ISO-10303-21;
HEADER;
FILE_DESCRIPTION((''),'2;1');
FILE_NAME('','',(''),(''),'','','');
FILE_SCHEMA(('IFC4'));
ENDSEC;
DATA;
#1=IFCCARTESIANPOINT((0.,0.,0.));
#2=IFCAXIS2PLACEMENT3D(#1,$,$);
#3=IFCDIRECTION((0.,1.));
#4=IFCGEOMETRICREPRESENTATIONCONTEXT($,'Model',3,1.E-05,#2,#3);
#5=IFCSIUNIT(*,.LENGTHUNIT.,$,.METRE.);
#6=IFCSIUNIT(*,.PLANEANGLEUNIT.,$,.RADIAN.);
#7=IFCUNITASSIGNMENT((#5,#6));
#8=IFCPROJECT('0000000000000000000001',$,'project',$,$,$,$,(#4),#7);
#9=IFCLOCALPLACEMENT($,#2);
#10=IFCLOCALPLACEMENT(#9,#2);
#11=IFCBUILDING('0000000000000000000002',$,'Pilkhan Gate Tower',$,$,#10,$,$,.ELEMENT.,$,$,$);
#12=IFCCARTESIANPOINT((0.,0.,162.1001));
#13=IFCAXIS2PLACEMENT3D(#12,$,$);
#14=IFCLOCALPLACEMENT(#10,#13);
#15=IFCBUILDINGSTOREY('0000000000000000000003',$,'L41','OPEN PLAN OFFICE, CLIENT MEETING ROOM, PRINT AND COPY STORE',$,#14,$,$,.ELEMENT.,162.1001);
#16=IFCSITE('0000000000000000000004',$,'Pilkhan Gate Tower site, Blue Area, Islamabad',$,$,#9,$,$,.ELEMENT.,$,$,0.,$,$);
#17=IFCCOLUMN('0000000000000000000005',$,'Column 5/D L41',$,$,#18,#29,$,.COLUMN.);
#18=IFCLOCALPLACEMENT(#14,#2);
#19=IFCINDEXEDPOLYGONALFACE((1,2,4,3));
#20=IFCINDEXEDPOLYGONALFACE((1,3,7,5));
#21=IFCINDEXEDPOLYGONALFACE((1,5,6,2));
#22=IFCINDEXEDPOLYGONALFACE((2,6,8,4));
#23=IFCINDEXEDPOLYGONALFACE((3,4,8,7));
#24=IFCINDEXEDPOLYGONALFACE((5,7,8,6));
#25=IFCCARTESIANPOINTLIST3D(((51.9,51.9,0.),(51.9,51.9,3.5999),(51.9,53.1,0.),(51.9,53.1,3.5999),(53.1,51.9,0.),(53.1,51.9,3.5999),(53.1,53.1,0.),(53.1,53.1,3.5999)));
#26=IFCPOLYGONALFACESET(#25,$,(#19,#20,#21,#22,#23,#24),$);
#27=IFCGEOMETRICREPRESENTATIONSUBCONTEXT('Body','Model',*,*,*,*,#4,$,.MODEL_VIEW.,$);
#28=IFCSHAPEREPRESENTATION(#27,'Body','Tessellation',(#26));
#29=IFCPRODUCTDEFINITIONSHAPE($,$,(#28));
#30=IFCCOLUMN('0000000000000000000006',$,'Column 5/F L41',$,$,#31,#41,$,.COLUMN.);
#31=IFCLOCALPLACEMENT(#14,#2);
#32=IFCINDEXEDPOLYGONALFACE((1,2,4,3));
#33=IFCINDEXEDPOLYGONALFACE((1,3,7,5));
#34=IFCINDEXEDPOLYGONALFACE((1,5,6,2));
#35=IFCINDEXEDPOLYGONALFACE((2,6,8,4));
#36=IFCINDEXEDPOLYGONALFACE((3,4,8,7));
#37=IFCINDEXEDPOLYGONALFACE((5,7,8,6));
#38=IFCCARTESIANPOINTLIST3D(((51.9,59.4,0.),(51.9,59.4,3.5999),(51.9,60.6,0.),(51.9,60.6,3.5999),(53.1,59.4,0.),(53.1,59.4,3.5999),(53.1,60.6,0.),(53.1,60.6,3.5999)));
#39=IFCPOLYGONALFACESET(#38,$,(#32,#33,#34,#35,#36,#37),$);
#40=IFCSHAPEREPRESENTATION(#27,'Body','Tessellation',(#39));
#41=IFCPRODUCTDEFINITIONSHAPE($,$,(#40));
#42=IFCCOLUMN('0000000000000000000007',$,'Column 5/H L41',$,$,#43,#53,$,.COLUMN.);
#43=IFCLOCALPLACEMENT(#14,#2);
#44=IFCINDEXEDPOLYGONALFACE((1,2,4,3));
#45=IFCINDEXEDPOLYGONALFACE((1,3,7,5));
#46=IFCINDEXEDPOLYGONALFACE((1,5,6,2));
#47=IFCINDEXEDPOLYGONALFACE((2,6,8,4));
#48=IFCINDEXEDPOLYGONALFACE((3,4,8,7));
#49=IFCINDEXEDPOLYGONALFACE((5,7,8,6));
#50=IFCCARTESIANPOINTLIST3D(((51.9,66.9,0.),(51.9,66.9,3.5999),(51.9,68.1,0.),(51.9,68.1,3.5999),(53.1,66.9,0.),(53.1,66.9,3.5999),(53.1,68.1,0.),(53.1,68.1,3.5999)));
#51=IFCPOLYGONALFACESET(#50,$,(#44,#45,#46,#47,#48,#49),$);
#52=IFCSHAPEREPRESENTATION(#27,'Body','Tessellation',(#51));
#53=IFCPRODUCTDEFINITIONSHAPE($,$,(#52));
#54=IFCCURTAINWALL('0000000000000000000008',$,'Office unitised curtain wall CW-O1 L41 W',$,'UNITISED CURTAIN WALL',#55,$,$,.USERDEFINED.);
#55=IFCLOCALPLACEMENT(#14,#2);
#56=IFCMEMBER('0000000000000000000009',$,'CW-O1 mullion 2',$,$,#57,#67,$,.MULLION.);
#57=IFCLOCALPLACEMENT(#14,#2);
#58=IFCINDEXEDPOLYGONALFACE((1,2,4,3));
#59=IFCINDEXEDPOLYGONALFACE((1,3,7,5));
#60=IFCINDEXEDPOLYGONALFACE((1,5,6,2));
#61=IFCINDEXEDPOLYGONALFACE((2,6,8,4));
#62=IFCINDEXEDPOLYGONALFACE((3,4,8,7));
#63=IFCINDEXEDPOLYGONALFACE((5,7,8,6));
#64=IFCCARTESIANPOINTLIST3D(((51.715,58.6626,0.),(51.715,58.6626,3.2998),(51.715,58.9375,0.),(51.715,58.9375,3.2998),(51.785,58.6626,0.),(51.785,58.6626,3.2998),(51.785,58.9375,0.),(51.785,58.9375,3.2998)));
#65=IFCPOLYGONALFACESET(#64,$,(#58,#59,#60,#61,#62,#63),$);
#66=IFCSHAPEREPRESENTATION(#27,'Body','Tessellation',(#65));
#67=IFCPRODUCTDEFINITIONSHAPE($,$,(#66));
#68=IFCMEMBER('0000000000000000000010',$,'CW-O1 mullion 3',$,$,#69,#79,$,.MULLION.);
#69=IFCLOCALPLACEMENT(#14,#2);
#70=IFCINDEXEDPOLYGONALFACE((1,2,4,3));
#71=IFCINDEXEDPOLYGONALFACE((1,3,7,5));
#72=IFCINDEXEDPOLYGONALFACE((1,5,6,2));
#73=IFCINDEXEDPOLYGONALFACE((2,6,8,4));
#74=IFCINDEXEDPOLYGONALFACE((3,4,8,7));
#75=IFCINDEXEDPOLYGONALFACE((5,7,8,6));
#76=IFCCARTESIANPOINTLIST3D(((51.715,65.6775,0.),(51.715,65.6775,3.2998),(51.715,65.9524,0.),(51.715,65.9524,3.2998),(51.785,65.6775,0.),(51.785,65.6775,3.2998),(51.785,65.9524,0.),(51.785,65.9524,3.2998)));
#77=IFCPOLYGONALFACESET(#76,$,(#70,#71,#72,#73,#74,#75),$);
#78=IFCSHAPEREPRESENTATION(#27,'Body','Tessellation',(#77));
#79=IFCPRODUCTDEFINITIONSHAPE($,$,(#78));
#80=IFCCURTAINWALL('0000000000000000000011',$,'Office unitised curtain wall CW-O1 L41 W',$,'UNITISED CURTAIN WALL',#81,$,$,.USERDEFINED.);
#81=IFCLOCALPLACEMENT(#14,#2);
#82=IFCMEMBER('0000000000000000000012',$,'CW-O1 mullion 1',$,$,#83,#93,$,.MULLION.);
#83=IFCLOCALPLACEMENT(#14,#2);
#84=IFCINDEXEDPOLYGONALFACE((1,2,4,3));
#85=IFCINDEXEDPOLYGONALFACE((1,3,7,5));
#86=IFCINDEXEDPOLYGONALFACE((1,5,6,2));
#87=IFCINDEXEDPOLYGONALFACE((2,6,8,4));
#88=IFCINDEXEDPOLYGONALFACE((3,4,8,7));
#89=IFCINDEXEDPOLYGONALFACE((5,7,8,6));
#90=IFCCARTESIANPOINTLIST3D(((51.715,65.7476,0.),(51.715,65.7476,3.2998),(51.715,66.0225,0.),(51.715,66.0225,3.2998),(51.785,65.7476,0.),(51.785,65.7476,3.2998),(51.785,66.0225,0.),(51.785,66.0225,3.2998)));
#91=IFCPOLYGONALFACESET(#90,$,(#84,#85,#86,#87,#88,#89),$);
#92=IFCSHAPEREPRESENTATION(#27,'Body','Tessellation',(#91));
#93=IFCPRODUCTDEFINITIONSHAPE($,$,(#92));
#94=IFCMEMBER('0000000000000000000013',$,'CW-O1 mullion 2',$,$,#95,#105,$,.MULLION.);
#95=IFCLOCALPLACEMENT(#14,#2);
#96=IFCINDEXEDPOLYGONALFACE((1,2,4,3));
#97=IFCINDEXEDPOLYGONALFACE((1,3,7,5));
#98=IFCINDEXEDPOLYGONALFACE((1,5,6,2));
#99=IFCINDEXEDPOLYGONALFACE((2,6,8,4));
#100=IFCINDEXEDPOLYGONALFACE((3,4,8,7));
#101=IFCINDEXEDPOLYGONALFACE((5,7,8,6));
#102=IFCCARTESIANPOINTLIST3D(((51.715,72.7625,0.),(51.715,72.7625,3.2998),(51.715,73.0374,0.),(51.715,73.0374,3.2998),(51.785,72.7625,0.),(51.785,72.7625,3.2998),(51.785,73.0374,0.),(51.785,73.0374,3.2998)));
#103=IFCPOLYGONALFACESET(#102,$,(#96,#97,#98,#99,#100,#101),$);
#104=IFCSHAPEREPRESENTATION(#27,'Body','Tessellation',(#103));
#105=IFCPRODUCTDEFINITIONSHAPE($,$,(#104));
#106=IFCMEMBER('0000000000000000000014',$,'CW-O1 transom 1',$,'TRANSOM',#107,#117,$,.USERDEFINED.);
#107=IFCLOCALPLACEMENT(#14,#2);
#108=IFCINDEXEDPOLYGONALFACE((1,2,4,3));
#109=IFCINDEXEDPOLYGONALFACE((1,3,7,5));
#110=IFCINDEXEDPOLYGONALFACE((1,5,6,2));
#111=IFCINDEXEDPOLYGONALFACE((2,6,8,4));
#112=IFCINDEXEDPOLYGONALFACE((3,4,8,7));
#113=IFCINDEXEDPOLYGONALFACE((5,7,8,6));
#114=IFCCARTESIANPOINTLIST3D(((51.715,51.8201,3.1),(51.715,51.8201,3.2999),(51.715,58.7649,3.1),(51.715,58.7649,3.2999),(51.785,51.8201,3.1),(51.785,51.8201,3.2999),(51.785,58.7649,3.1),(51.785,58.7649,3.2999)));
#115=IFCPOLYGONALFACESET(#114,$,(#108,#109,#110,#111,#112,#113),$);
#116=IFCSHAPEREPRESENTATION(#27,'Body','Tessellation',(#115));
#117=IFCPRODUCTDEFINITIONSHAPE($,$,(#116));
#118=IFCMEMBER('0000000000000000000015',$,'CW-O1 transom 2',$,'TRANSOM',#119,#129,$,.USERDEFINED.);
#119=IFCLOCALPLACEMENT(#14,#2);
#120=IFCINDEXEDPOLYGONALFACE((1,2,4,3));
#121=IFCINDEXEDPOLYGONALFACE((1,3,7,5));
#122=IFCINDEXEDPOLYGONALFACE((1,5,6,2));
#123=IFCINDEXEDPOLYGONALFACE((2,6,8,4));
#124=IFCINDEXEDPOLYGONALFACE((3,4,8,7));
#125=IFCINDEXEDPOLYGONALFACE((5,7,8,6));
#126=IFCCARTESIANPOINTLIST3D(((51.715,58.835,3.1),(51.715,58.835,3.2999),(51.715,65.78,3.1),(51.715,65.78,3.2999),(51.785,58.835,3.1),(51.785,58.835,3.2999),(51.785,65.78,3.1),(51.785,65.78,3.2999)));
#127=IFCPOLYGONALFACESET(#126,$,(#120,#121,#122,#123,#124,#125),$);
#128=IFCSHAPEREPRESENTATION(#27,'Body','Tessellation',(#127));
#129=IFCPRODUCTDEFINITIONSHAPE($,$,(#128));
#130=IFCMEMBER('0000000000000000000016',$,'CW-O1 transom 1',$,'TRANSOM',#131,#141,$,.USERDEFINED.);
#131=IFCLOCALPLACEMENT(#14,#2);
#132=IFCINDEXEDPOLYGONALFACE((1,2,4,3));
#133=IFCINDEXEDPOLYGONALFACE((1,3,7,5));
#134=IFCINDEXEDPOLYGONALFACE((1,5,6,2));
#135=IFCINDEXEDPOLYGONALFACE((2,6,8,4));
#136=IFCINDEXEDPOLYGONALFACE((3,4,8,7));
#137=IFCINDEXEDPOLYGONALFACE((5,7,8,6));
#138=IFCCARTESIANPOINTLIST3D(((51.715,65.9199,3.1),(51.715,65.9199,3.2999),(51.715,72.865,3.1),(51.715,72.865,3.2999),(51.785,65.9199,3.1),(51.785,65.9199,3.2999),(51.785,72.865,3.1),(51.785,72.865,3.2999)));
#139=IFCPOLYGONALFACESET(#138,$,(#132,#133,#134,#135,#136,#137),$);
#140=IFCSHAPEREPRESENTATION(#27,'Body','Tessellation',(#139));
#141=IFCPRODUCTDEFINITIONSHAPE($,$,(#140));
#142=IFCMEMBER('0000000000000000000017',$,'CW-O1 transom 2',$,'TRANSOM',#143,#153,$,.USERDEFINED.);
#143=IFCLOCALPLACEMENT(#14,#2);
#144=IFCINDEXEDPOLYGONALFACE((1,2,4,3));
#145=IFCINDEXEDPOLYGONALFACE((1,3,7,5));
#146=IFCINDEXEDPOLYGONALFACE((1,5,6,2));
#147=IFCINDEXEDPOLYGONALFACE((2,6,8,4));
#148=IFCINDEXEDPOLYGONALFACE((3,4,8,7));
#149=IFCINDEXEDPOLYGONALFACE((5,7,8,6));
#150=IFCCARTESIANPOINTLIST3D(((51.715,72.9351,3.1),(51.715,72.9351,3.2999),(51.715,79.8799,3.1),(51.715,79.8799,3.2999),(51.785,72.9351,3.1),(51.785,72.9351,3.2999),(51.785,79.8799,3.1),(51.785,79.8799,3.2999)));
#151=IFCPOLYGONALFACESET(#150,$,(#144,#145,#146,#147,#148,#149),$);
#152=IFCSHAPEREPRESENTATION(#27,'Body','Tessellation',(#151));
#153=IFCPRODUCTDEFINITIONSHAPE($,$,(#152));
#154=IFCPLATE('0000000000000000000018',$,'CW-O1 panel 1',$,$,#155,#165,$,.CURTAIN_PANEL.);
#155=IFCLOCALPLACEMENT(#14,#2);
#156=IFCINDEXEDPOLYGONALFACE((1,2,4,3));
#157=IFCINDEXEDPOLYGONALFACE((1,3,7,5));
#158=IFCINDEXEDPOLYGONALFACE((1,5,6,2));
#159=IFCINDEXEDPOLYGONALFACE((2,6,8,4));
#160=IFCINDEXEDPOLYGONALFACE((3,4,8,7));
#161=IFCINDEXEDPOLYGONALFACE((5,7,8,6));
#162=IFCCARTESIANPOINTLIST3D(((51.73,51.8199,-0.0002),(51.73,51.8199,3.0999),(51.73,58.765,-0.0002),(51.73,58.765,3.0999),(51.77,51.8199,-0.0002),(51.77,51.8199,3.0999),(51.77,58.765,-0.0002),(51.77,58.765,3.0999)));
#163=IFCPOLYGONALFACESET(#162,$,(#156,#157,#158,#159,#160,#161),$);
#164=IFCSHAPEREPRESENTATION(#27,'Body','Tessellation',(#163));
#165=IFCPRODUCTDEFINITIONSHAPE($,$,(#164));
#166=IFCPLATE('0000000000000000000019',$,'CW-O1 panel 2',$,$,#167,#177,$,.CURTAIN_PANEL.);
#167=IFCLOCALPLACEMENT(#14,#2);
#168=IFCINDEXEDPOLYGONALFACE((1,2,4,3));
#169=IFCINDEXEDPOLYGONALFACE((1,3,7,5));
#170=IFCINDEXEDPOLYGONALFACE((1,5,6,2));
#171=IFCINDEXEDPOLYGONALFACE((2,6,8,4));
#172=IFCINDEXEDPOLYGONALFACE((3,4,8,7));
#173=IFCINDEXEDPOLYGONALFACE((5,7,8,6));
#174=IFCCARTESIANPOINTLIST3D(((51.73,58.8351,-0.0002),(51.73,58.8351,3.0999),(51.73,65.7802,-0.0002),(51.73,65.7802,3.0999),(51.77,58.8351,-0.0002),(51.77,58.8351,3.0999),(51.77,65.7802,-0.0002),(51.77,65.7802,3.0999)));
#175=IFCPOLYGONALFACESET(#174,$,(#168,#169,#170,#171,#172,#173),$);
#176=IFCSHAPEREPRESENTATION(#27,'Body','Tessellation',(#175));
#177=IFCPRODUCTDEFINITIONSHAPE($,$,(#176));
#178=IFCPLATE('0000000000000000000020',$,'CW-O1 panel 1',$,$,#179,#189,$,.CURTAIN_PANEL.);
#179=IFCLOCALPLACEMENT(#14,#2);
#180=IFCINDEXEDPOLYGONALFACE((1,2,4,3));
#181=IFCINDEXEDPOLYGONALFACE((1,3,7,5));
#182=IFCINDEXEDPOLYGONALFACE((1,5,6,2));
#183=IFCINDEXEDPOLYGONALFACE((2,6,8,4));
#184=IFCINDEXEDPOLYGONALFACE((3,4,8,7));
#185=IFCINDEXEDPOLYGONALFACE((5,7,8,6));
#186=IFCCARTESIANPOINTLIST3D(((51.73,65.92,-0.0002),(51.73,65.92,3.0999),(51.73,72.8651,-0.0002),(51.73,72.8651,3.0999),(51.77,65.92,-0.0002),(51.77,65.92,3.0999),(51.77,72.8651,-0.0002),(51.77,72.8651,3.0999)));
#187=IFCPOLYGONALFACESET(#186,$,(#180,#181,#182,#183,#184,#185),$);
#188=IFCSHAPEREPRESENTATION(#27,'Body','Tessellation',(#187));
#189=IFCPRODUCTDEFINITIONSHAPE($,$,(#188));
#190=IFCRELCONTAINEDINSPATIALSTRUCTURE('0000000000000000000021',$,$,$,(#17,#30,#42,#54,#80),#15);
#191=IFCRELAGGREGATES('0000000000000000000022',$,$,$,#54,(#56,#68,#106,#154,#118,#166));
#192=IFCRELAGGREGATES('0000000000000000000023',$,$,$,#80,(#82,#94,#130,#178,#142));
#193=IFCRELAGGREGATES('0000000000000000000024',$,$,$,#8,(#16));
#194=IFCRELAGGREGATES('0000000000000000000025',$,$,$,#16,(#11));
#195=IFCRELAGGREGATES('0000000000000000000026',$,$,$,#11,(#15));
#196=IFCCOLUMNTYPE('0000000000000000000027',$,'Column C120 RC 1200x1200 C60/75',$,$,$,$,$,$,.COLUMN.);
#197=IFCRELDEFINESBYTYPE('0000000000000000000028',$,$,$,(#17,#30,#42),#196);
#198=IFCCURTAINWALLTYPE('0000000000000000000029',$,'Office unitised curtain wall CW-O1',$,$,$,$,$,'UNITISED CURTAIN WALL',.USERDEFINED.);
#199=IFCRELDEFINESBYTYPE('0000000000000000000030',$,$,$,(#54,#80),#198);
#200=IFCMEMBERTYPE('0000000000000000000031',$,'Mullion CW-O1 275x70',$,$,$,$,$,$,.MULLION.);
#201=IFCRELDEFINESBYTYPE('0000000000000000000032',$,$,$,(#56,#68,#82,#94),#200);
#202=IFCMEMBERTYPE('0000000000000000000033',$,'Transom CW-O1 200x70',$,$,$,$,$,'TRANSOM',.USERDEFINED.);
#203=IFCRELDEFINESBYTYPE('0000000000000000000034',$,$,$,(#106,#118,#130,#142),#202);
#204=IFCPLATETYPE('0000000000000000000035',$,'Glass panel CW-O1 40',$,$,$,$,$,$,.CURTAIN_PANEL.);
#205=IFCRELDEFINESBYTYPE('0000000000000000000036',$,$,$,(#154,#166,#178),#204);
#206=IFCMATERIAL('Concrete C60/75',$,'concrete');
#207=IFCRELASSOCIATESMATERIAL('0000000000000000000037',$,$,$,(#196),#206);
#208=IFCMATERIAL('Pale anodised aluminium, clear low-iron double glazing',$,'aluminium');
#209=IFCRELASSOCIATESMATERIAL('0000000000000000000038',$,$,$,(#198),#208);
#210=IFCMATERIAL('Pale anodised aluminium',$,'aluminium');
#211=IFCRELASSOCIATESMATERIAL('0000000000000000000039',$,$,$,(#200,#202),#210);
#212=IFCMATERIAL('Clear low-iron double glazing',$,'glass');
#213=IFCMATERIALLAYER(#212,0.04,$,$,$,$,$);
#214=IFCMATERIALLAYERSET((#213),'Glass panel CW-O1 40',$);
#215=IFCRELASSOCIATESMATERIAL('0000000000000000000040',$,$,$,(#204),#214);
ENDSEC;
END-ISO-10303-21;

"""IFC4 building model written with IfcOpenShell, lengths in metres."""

from ifc_helpers import new_model, si_unit, direction, frame, origin, origin_2d, place, context, subcontext, project, spatial, rectangle, extrude, material, layer, layer_set, material_profile, profile_set, type_object, element, aggregate, save


model = new_model("IFC4")

# Units and contexts
model_context = context("Model", 3, precision=1e-05, world=origin(), true_north=direction((0.0, 1.0)))
body_context = subcontext(model_context, "Body", "Model", "MODEL_VIEW")
ifc_project = project(units=[si_unit("LENGTHUNIT", "METRE"), si_unit("PLANEANGLEUNIT", "RADIAN")], contexts=[model_context])

# Site, building, storey
site_placement = place(None, origin())
site = spatial("IfcSite", under=ifc_project, at=site_placement, Name="Pilkhan Gate Tower site, Blue Area, Islamabad", CompositionType="ELEMENT", RefElevation=0.0)
building_placement = place(site_placement, origin())
building = spatial("IfcBuilding", under=site, at=building_placement, Name="Pilkhan Gate Tower", CompositionType="ELEMENT")
storey_placement = place(building_placement, frame((0.0, 0.0, 162.1001)))
storey = spatial("IfcBuildingStorey", under=building, at=storey_placement, Name="L41", Description="OPEN PLAN OFFICE, CLIENT MEETING ROOM, PRINT AND COPY STORE", CompositionType="ELEMENT", Elevation=162.1001)

# Columns
ifc_material_1 = material(Name="Concrete C60/75", Category="concrete")
ifc_material_profile_1 = material_profile(ifc_material_1, rectangle(XDim=1.2, YDim=1.2, at=origin_2d()), Name="RC 1200x1200")
ifc_profile_set_1 = profile_set([ifc_material_profile_1], Name="Concrete C60/75")
column_type = type_object("IfcColumnType", Name="Column C120 RC 1200x1200 C60/75", PredefinedType="COLUMN", material=ifc_profile_set_1)
for number, where, z_axis, x_axis, name in (
    (1, (52.5, 52.5, 0.0), (0.0, 0.0, 1.0), (1.0, 0.0, 0.0), "Column 5/D L41"),
    (2, (52.5, 60.0, 0.0), (0.0, 0.0, 1.0), (1.0, 0.0, 0.0), "Column 5/F L41"),
    (3, (52.5, 67.5, 0.0), (0.0, 0.0, 1.0), (1.0, 0.0, 0.0), "Column 5/H L41"),
):
    element("IfcColumn", number, at=place(storey_placement, frame(where, z_axis=z_axis, x_axis=x_axis)), inside=storey, type_object=column_type, Name=name, PredefinedType="COLUMN", context=body_context, shape_type="SweptSolid", body=[
        extrude(rectangle(XDim=1.2, YDim=1.2, at=origin_2d()), origin(), (0.0, 0.0, 1.0), 3.5999),
    ])

# Curtain walls, members
ifc_material_2 = material(Name="Pale anodised aluminium, clear low-iron double glazing", Category="aluminium")
curtain_wall_type = type_object("IfcCurtainWallType", Name="Office unitised curtain wall CW-O1", ElementType="UNITISED CURTAIN WALL", PredefinedType="USERDEFINED", material=ifc_material_2)
curtain_wall_1_placement = place(storey_placement, origin())
curtain_wall_1 = element("IfcCurtainWall", 4, at=curtain_wall_1_placement, inside=storey, type_object=curtain_wall_type, Name="Office unitised curtain wall CW-O1 L41 W", ObjectType="UNITISED CURTAIN WALL", PredefinedType="USERDEFINED")
ifc_material_3 = material(Name="Pale anodised aluminium", Category="aluminium")
ifc_material_profile_2 = material_profile(ifc_material_3, rectangle(XDim=0.0701, YDim=0.2749, at=origin_2d()), Name="Mullion 275x70")
ifc_profile_set_2 = profile_set([ifc_material_profile_2], Name="Pale anodised aluminium")
member_type_1 = type_object("IfcMemberType", Name="Mullion CW-O1 275x70", PredefinedType="MULLION", material=ifc_profile_set_2)
member_1_placement = place(storey_placement, frame((51.75, 58.8, 0.0), z_axis=(0.0, 0.0, 1.0), x_axis=(-1.0, 0.0, 0.0)))
member_1 = element("IfcMember", 5, at=member_1_placement, type_object=member_type_1, Name="CW-O1 mullion 2", PredefinedType="MULLION", context=body_context, shape_type="SweptSolid", body=[
    extrude(rectangle(XDim=0.0701, YDim=0.2749, at=origin_2d()), origin(), (0.0, 0.0, 1.0), 3.2998),
])
member_2_placement = place(storey_placement, frame((51.75, 65.8149, 0.0), z_axis=(0.0, 0.0, 1.0), x_axis=(-1.0, 0.0, 0.0)))
member_2 = element("IfcMember", 6, at=member_2_placement, type_object=member_type_1, Name="CW-O1 mullion 3", PredefinedType="MULLION", context=body_context, shape_type="SweptSolid", body=[
    extrude(rectangle(XDim=0.0701, YDim=0.2749, at=origin_2d()), origin(), (0.0, 0.0, 1.0), 3.2998),
])
curtain_wall_2_placement = place(storey_placement, origin())
curtain_wall_2 = element("IfcCurtainWall", 7, at=curtain_wall_2_placement, inside=storey, type_object=curtain_wall_type, Name="Office unitised curtain wall CW-O1 L41 W", ObjectType="UNITISED CURTAIN WALL", PredefinedType="USERDEFINED")
member_3_placement = place(storey_placement, frame((51.75, 65.885, 0.0), z_axis=(0.0, 0.0, 1.0), x_axis=(-1.0, 0.0, 0.0)))
member_3 = element("IfcMember", 8, at=member_3_placement, type_object=member_type_1, Name="CW-O1 mullion 1", PredefinedType="MULLION", context=body_context, shape_type="SweptSolid", body=[
    extrude(rectangle(XDim=0.0701, YDim=0.2749, at=origin_2d()), origin(), (0.0, 0.0, 1.0), 3.2998),
])
member_4_placement = place(storey_placement, frame((51.75, 72.8999, 0.0), z_axis=(0.0, 0.0, 1.0), x_axis=(-1.0, 0.0, 0.0)))
member_4 = element("IfcMember", 9, at=member_4_placement, type_object=member_type_1, Name="CW-O1 mullion 2", PredefinedType="MULLION", context=body_context, shape_type="SweptSolid", body=[
    extrude(rectangle(XDim=0.0701, YDim=0.2749, at=origin_2d()), origin(), (0.0, 0.0, 1.0), 3.2998),
])

# Members
ifc_material_profile_3 = material_profile(ifc_material_3, rectangle(XDim=0.0701, YDim=0.2, at=origin_2d()), Name="Transom 200x70")
ifc_profile_set_3 = profile_set([ifc_material_profile_3], Name="Pale anodised aluminium")
member_type_2 = type_object("IfcMemberType", Name="Transom CW-O1 200x70", ElementType="TRANSOM", PredefinedType="USERDEFINED", material=ifc_profile_set_3)
member_5_placement = place(storey_placement, frame((51.75, 51.8201, 3.2), z_axis=(0.0, 1.0, 0.0), x_axis=(-1.0, 0.0, 0.0)))
member_5 = element("IfcMember", 10, at=member_5_placement, type_object=member_type_2, Name="CW-O1 transom 1", ObjectType="TRANSOM", PredefinedType="USERDEFINED", context=body_context, shape_type="SweptSolid", body=[
    extrude(rectangle(XDim=0.0701, YDim=0.2, at=origin_2d()), origin(), (0.0, 0.0, 1.0), 6.9448),
])
member_6_placement = place(storey_placement, frame((51.75, 58.835, 3.2), z_axis=(0.0, 1.0, 0.0), x_axis=(-1.0, 0.0, 0.0)))
member_6 = element("IfcMember", 11, at=member_6_placement, type_object=member_type_2, Name="CW-O1 transom 2", ObjectType="TRANSOM", PredefinedType="USERDEFINED", context=body_context, shape_type="SweptSolid", body=[
    extrude(rectangle(XDim=0.0701, YDim=0.2, at=origin_2d()), origin(), (0.0, 0.0, 1.0), 6.9451),
])
member_7_placement = place(storey_placement, frame((51.75, 65.9199, 3.2), z_axis=(0.0, 1.0, 0.0), x_axis=(-1.0, 0.0, 0.0)))
member_7 = element("IfcMember", 12, at=member_7_placement, type_object=member_type_2, Name="CW-O1 transom 1", ObjectType="TRANSOM", PredefinedType="USERDEFINED", context=body_context, shape_type="SweptSolid", body=[
    extrude(rectangle(XDim=0.0701, YDim=0.2, at=origin_2d()), origin(), (0.0, 0.0, 1.0), 6.9451),
])
member_8_placement = place(storey_placement, frame((51.75, 72.9351, 3.2), z_axis=(0.0, 1.0, 0.0), x_axis=(-1.0, 0.0, 0.0)))
member_8 = element("IfcMember", 13, at=member_8_placement, type_object=member_type_2, Name="CW-O1 transom 2", ObjectType="TRANSOM", PredefinedType="USERDEFINED", context=body_context, shape_type="SweptSolid", body=[
    extrude(rectangle(XDim=0.0701, YDim=0.2, at=origin_2d()), origin(), (0.0, 0.0, 1.0), 6.9448),
])

# Plates
ifc_material_4 = material(Name="Clear low-iron double glazing", Category="glass")
ifc_layer_1 = layer(ifc_material_4, 0.04)
ifc_layer_set_1 = layer_set([ifc_layer_1], Name="Glass panel CW-O1 40")
plate_type = type_object("IfcPlateType", Name="Glass panel CW-O1 40", PredefinedType="CURTAIN_PANEL", material=ifc_layer_set_1)
plate_1_placement = place(storey_placement, frame((51.75, 55.2925, -0.0002), z_axis=(0.0, 0.0, 1.0), x_axis=(0.0, 1.0, 0.0)))
plate_1 = element("IfcPlate", 14, at=plate_1_placement, type_object=plate_type, Name="CW-O1 panel 1", PredefinedType="CURTAIN_PANEL", context=body_context, shape_type="SweptSolid", body=[
    extrude(rectangle(XDim=6.9451, YDim=0.04, at=origin_2d()), origin(), (0.0, 0.0, 1.0), 3.1001),
])
plate_2_placement = place(storey_placement, frame((51.75, 62.3076, -0.0002), z_axis=(0.0, 0.0, 1.0), x_axis=(0.0, 1.0, 0.0)))
plate_2 = element("IfcPlate", 15, at=plate_2_placement, type_object=plate_type, Name="CW-O1 panel 2", PredefinedType="CURTAIN_PANEL", context=body_context, shape_type="SweptSolid", body=[
    extrude(rectangle(XDim=6.9451, YDim=0.04, at=origin_2d()), origin(), (0.0, 0.0, 1.0), 3.1001),
])
aggregate(curtain_wall_1, [member_1, member_2, member_5, plate_1, member_6, plate_2])
plate_3_placement = place(storey_placement, frame((51.75, 69.3926, -0.0002), z_axis=(0.0, 0.0, 1.0), x_axis=(0.0, 1.0, 0.0)))
plate_3 = element("IfcPlate", 16, at=plate_3_placement, type_object=plate_type, Name="CW-O1 panel 1", PredefinedType="CURTAIN_PANEL", context=body_context, shape_type="SweptSolid", body=[
    extrude(rectangle(XDim=6.9451, YDim=0.04, at=origin_2d()), origin(), (0.0, 0.0, 1.0), 3.1001),
])
aggregate(curtain_wall_2, [member_3, member_4, member_7, plate_3, member_8])

save(model, "model.ifc")
